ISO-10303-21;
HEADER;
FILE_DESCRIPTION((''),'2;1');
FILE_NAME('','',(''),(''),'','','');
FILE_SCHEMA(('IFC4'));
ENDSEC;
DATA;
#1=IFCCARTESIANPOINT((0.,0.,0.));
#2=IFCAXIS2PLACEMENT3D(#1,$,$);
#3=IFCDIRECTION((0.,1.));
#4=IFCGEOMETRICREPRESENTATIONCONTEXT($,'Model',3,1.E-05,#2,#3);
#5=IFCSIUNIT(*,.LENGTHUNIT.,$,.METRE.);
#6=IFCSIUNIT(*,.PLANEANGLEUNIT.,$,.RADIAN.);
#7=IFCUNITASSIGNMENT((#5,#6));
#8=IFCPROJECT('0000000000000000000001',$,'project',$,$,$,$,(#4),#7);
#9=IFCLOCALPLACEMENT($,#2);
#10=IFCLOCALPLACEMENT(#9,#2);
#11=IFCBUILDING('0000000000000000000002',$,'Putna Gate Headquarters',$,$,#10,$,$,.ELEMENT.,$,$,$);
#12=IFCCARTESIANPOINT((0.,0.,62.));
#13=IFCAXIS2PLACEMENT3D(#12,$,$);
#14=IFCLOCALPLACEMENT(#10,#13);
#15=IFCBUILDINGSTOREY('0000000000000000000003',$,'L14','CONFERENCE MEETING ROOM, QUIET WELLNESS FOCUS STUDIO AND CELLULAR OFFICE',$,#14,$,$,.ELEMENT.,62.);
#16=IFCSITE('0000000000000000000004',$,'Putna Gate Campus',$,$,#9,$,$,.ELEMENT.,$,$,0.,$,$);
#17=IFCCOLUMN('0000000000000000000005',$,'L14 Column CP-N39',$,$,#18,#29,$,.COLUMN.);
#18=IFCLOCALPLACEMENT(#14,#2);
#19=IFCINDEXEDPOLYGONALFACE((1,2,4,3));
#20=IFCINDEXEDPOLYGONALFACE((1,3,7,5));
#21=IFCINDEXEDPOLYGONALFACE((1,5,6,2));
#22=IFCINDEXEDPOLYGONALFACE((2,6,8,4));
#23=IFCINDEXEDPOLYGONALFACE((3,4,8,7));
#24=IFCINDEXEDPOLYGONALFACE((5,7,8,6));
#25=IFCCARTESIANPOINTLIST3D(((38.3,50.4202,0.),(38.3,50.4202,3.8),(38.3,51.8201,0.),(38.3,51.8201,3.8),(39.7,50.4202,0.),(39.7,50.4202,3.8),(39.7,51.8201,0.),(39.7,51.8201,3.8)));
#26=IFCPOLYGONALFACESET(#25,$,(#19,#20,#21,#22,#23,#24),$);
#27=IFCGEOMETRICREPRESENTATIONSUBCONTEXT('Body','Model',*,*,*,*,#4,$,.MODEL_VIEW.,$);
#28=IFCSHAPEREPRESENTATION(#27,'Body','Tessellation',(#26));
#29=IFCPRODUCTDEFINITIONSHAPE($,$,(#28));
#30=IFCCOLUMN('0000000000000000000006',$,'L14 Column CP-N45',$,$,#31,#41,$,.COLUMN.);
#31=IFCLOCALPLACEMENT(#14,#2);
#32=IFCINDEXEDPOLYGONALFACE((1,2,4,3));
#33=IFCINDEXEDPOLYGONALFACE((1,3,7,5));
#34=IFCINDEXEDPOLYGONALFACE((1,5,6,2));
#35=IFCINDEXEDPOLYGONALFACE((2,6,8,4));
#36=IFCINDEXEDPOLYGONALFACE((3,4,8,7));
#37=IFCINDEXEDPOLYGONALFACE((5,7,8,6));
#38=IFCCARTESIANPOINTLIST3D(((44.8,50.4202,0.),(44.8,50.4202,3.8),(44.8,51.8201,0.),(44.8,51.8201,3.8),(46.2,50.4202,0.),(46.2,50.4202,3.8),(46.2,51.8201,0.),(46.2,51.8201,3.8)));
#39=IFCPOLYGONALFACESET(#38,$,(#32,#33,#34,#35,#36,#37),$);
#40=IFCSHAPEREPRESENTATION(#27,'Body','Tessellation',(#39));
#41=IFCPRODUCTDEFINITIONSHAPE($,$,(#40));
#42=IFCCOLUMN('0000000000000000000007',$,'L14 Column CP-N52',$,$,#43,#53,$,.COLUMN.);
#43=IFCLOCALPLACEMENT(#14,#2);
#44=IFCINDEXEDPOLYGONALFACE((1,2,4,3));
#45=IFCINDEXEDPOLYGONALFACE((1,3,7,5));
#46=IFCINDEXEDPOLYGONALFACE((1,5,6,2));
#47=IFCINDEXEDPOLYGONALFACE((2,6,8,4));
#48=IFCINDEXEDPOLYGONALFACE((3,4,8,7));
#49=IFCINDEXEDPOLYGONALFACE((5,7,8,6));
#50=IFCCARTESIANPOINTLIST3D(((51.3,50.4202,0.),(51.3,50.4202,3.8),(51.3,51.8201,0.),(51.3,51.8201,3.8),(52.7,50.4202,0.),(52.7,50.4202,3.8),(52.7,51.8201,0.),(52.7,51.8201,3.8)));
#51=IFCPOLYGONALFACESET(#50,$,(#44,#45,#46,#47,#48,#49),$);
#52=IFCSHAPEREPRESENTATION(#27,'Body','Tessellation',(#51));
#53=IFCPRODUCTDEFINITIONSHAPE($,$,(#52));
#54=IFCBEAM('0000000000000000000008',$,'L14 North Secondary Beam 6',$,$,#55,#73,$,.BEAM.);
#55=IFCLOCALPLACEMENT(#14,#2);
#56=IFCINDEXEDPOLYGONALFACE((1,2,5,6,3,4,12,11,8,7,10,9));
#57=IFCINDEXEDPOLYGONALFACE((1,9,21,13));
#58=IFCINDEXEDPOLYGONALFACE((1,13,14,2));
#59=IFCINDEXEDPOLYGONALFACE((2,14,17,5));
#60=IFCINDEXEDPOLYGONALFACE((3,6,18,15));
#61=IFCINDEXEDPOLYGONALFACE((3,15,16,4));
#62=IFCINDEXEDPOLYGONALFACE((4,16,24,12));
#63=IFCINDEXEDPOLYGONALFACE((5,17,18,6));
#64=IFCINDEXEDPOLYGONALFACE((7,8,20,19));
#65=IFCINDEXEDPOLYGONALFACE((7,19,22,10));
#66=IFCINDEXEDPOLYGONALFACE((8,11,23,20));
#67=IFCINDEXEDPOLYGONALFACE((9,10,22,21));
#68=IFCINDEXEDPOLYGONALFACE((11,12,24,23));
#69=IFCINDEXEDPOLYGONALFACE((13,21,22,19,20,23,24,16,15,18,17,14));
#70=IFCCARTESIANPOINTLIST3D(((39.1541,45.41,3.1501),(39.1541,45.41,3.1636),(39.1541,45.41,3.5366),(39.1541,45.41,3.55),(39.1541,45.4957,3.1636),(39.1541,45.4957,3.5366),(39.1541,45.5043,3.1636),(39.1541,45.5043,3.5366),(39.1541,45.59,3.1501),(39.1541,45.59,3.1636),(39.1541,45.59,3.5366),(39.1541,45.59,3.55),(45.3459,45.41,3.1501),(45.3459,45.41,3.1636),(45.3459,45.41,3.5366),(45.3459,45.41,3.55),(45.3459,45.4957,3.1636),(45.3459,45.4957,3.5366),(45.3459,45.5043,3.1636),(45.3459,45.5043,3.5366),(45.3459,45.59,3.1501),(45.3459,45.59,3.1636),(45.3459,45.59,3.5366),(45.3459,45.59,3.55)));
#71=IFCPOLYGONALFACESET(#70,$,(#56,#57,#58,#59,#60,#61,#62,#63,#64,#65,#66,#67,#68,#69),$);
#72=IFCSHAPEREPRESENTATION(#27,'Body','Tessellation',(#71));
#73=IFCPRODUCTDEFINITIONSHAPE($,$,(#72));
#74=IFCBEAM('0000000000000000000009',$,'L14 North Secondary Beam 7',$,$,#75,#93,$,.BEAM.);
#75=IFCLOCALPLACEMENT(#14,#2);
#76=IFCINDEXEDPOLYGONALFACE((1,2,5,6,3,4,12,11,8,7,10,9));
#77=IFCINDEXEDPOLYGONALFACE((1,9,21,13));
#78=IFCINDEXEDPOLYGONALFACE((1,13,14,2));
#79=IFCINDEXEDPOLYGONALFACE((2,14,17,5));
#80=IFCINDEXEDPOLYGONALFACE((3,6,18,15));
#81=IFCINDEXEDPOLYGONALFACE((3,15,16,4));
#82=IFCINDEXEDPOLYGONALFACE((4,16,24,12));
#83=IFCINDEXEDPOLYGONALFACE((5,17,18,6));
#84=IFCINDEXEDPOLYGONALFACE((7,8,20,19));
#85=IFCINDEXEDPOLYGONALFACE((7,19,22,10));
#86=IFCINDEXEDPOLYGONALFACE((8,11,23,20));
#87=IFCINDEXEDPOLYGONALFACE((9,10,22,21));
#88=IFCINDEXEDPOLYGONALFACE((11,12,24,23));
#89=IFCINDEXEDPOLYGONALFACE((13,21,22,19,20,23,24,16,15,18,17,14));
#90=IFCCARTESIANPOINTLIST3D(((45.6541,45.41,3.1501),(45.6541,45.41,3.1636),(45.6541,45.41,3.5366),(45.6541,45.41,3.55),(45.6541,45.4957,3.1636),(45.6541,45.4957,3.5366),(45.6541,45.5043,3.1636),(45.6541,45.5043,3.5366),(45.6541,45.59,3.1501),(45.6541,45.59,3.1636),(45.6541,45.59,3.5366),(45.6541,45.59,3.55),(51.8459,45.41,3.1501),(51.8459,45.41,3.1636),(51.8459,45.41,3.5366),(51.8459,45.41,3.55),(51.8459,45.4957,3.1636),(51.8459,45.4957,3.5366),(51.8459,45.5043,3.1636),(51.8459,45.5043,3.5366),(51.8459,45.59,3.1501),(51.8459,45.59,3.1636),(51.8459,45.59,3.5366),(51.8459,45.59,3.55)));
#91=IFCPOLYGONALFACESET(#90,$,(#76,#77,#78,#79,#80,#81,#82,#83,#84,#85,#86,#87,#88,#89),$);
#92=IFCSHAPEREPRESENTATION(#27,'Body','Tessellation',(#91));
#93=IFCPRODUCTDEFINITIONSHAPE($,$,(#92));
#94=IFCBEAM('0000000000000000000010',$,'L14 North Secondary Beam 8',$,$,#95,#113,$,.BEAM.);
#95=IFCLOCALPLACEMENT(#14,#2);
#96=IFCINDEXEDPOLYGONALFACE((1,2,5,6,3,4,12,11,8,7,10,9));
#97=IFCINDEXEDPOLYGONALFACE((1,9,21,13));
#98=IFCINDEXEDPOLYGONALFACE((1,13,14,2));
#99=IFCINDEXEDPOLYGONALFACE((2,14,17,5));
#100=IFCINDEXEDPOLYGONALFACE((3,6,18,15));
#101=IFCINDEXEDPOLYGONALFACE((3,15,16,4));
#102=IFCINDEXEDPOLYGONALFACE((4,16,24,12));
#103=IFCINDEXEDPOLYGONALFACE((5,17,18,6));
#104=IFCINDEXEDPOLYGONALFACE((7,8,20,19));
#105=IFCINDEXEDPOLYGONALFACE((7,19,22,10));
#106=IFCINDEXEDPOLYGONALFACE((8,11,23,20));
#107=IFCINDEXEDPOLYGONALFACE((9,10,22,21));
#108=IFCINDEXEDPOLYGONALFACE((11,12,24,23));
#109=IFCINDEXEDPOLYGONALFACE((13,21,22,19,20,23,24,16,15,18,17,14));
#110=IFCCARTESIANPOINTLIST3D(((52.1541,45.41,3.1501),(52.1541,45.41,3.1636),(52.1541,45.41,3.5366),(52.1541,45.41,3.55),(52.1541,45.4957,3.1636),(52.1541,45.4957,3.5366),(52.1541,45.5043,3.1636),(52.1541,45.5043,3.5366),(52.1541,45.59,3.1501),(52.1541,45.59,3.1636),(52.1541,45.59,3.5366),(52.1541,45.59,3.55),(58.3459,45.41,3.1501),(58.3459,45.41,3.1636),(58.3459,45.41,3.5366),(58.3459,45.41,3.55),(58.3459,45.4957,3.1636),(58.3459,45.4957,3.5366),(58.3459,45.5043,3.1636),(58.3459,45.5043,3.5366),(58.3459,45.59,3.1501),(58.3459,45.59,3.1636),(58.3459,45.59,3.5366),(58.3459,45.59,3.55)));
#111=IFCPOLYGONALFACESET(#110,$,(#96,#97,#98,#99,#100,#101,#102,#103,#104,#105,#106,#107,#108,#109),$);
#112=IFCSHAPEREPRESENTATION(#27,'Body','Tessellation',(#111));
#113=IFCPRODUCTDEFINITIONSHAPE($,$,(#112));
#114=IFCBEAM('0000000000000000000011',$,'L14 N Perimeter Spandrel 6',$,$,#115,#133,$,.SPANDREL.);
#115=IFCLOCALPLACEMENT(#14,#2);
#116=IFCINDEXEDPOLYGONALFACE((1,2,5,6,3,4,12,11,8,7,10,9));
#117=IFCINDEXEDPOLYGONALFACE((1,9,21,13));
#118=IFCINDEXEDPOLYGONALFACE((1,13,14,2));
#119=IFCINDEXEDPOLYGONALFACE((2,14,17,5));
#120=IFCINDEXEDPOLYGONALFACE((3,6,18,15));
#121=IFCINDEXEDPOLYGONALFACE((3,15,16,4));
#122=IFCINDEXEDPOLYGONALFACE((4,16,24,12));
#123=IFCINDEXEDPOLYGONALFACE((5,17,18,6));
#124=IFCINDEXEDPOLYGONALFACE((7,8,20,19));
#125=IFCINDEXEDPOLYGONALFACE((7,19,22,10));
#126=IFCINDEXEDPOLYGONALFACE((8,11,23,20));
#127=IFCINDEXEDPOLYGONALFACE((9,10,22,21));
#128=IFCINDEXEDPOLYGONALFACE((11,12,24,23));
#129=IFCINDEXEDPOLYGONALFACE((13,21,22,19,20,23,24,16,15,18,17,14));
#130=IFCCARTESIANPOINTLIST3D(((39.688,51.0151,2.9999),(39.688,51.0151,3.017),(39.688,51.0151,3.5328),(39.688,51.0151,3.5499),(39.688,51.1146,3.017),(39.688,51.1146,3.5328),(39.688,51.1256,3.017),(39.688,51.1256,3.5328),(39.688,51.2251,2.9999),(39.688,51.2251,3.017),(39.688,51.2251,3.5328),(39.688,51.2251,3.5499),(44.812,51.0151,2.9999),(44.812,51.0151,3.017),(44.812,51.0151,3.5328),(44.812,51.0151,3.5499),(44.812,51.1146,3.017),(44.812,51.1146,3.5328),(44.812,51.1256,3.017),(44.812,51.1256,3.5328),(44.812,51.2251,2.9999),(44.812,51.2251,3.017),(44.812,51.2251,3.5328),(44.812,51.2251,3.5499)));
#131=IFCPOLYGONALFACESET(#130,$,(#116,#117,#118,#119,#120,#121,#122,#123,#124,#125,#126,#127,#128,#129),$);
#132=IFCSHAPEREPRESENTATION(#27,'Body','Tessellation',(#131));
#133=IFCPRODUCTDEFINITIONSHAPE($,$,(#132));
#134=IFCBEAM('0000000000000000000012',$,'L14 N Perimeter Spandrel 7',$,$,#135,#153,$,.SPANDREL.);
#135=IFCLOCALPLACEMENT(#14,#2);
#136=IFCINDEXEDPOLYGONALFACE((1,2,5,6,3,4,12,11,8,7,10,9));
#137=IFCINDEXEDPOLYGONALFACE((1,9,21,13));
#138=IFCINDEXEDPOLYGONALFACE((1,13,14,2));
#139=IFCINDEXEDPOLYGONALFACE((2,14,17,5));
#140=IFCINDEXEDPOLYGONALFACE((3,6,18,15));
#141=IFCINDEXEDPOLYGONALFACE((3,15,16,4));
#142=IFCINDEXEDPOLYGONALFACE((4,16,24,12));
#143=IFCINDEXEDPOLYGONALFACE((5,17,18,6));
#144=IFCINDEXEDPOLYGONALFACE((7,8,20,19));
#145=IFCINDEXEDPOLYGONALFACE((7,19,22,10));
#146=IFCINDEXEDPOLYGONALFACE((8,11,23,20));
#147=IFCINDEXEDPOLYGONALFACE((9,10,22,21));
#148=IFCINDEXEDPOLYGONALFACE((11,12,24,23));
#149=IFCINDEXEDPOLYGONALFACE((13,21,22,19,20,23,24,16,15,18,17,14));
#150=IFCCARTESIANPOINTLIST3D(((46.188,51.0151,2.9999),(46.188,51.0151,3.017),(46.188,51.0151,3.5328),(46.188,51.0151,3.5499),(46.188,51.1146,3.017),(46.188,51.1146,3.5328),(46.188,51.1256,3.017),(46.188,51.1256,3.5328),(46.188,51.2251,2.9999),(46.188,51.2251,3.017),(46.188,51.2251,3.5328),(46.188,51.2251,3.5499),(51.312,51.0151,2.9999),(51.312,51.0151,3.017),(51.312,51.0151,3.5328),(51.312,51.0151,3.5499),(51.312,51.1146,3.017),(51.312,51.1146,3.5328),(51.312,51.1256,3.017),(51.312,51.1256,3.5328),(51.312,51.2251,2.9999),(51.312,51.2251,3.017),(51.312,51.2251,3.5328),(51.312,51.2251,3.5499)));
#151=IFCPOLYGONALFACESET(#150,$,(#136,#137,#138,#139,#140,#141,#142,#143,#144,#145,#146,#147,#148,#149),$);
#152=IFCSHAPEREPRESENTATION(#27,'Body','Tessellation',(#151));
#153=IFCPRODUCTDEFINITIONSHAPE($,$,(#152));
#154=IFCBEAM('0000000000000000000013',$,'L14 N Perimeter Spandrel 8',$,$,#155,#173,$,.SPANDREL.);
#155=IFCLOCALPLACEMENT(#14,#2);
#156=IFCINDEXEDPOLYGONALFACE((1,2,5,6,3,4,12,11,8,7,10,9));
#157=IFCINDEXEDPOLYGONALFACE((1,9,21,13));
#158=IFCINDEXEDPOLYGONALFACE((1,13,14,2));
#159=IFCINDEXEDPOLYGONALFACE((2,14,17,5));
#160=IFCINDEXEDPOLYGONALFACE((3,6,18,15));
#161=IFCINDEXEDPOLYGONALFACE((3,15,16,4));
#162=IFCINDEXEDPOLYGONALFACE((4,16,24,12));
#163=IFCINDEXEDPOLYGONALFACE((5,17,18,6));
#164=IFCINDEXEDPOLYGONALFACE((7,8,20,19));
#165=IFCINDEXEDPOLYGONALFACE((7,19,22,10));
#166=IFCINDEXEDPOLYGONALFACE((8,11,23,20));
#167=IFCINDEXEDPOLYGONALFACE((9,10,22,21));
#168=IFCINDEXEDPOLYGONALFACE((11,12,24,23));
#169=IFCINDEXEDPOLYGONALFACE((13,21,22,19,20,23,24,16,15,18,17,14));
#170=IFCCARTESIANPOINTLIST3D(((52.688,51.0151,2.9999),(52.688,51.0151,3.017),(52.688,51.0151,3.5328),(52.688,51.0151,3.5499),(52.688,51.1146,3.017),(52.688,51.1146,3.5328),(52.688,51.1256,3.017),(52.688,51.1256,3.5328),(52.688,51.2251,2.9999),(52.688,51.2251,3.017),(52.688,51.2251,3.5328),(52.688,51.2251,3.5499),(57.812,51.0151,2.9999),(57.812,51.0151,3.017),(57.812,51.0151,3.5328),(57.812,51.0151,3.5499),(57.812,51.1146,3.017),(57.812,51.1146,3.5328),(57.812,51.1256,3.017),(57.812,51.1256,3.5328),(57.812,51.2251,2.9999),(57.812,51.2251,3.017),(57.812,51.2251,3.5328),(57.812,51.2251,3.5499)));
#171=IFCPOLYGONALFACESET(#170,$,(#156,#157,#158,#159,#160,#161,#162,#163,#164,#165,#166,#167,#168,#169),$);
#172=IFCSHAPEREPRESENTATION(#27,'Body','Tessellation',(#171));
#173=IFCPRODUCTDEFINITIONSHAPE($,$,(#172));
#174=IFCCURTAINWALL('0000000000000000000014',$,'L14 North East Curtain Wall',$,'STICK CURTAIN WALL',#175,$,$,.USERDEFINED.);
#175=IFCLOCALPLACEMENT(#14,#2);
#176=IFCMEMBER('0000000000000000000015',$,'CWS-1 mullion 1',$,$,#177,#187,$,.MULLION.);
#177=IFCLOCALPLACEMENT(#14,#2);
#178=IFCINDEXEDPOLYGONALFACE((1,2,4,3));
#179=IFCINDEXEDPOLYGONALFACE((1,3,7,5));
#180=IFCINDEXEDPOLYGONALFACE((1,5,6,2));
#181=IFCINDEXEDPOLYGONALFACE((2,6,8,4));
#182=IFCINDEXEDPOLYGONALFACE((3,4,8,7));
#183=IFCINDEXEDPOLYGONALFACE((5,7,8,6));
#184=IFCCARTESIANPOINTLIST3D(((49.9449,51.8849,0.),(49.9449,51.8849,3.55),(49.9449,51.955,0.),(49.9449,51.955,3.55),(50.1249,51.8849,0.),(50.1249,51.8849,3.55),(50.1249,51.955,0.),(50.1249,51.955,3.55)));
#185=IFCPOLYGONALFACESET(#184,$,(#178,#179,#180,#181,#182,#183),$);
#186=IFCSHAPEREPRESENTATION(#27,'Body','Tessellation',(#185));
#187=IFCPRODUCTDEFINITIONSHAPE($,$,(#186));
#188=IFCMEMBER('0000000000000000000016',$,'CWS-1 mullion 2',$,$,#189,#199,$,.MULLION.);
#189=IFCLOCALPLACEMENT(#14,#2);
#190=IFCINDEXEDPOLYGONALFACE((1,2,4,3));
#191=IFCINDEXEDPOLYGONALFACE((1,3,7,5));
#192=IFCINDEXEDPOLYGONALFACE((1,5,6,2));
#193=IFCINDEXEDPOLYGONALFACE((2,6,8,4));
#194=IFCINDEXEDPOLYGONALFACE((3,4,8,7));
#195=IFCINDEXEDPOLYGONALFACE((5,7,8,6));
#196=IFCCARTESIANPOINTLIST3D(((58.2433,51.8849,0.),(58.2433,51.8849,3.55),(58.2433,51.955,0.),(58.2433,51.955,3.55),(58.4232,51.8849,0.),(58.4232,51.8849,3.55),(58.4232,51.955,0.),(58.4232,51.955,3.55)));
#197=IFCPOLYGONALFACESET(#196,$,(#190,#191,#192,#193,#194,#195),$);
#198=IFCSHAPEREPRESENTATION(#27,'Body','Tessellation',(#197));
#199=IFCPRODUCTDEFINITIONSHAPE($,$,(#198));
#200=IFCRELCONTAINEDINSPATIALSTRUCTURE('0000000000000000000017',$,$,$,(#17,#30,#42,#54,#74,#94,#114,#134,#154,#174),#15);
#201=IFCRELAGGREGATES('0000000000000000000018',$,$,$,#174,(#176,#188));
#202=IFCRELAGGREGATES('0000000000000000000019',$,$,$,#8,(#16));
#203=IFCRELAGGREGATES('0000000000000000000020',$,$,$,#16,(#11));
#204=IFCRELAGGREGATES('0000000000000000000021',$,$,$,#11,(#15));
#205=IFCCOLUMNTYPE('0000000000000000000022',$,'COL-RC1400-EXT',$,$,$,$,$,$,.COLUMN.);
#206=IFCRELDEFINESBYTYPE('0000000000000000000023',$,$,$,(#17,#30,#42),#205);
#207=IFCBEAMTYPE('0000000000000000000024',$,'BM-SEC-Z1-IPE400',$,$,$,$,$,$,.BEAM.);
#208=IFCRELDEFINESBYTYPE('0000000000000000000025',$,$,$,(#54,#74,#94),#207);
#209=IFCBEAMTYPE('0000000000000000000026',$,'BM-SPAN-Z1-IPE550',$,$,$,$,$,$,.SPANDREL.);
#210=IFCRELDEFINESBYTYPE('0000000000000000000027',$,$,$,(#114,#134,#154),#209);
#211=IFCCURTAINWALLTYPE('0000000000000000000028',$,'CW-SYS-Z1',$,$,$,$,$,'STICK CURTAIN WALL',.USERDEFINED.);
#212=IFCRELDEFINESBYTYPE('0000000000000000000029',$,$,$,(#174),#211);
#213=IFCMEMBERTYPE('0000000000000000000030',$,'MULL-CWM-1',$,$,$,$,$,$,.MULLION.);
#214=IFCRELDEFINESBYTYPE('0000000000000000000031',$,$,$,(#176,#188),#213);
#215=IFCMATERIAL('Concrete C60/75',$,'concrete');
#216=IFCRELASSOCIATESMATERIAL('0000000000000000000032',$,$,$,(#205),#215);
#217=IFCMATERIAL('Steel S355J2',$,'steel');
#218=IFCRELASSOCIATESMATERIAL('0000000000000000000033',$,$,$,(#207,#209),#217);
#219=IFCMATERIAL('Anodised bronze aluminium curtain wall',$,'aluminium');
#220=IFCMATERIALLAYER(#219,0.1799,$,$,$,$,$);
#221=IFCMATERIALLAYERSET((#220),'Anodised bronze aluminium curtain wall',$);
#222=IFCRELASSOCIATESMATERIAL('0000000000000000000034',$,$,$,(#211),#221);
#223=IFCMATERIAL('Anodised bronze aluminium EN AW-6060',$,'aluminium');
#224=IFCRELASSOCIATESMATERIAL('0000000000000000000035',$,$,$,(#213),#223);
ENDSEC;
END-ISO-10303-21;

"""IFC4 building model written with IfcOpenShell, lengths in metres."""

from ifc_helpers import new_model, si_unit, direction, frame, origin, origin_2d, place, context, subcontext, project, spatial, rectangle, i_section, extrude, material, layer, layer_set, material_profile, profile_set, type_object, element, aggregate, save


model = new_model("IFC4")

# Units and contexts
model_context = context("Model", 3, precision=1e-05, world=origin(), true_north=direction((0.0, 1.0)))
body_context = subcontext(model_context, "Body", "Model", "MODEL_VIEW")
ifc_project = project(units=[si_unit("LENGTHUNIT", "METRE"), si_unit("PLANEANGLEUNIT", "RADIAN")], contexts=[model_context])

# Site, building, storey
site_placement = place(None, origin())
site = spatial("IfcSite", under=ifc_project, at=site_placement, Name="Putna Gate Campus", CompositionType="ELEMENT", RefElevation=0.0)
building_placement = place(site_placement, origin())
building = spatial("IfcBuilding", under=site, at=building_placement, Name="Putna Gate Headquarters", CompositionType="ELEMENT")
storey_placement = place(building_placement, frame((0.0, 0.0, 62.0)))
storey = spatial("IfcBuildingStorey", under=building, at=storey_placement, Name="L14", Description="CONFERENCE MEETING ROOM, QUIET WELLNESS FOCUS STUDIO AND CELLULAR OFFICE", CompositionType="ELEMENT", Elevation=62.0)

# Columns
ifc_material_1 = material(Name="Concrete C60/75", Category="concrete")
ifc_material_profile_1 = material_profile(ifc_material_1, rectangle(XDim=1.3999, YDim=1.3999, at=origin_2d()), Name="Concrete C60/75")
ifc_profile_set_1 = profile_set([ifc_material_profile_1], Name="Concrete C60/75")
column_type = type_object("IfcColumnType", Name="COL-RC1400-EXT", PredefinedType="COLUMN", material=ifc_profile_set_1)
for number, where, z_axis, x_axis, name in (
    (1, (39.0, 51.1201, 0.0), (0.0, 0.0, 1.0), (1.0, 0.0, 0.0), "L14 Column CP-N39"),
    (2, (45.5, 51.1201, 0.0), (0.0, 0.0, 1.0), (1.0, 0.0, 0.0), "L14 Column CP-N45"),
    (3, (52.0, 51.1201, 0.0), (0.0, 0.0, 1.0), (1.0, 0.0, 0.0), "L14 Column CP-N52"),
):
    element("IfcColumn", number, at=place(storey_placement, frame(where, z_axis=z_axis, x_axis=x_axis)), inside=storey, type_object=column_type, Name=name, PredefinedType="COLUMN", context=body_context, shape_type="SweptSolid", body=[
        extrude(rectangle(XDim=1.3999, YDim=1.3999, at=origin_2d()), origin(), (0.0, 0.0, 1.0), 3.8),
    ])

# Beams
ifc_material_2 = material(Name="Steel S355J2", Category="steel")
ifc_material_profile_2 = material_profile(ifc_material_2, i_section(OverallWidth=0.1799, OverallDepth=0.3999, WebThickness=0.0085, FlangeThickness=0.0134, at=origin_2d()), Name="Steel S355J2")
ifc_profile_set_2 = profile_set([ifc_material_profile_2], Name="Steel S355J2")
beam_type_1 = type_object("IfcBeamType", Name="BM-SEC-Z1-IPE400", PredefinedType="BEAM", material=ifc_profile_set_2)
for number, where, z_axis, x_axis, name in (
    (4, (39.1541, 45.5, 3.3501), (1.0, 0.0, 0.0), (0.0, 1.0, 0.0), "L14 North Secondary Beam 6"),
    (5, (45.6541, 45.5, 3.3501), (1.0, 0.0, 0.0), (0.0, 1.0, 0.0), "L14 North Secondary Beam 7"),
    (6, (52.1541, 45.5, 3.3501), (1.0, 0.0, 0.0), (0.0, 1.0, 0.0), "L14 North Secondary Beam 8"),
):
    element("IfcBeam", number, at=place(storey_placement, frame(where, z_axis=z_axis, x_axis=x_axis)), inside=storey, type_object=beam_type_1, Name=name, PredefinedType="BEAM", context=body_context, shape_type="SweptSolid", body=[
        extrude(i_section(OverallWidth=0.1799, OverallDepth=0.3999, WebThickness=0.0085, FlangeThickness=0.0134, at=origin_2d()), origin(), (0.0, 0.0, 1.0), 6.1919),
    ])
ifc_material_profile_3 = material_profile(ifc_material_2, i_section(OverallWidth=0.21, OverallDepth=0.55, WebThickness=0.011, FlangeThickness=0.0171, at=origin_2d()), Name="Steel S355J2")
ifc_profile_set_3 = profile_set([ifc_material_profile_3], Name="Steel S355J2")
beam_type_2 = type_object("IfcBeamType", Name="BM-SPAN-Z1-IPE550", PredefinedType="SPANDREL", material=ifc_profile_set_3)
for number, where, z_axis, x_axis, name in (
    (7, (39.688, 51.1201, 3.2749), (1.0, 0.0, 0.0), (0.0, 1.0, 0.0), "L14 N Perimeter Spandrel 6"),
    (8, (46.188, 51.1201, 3.2749), (1.0, 0.0, 0.0), (0.0, 1.0, 0.0), "L14 N Perimeter Spandrel 7"),
    (9, (52.688, 51.1201, 3.2749), (1.0, 0.0, 0.0), (0.0, 1.0, 0.0), "L14 N Perimeter Spandrel 8"),
):
    element("IfcBeam", number, at=place(storey_placement, frame(where, z_axis=z_axis, x_axis=x_axis)), inside=storey, type_object=beam_type_2, Name=name, PredefinedType="SPANDREL", context=body_context, shape_type="SweptSolid", body=[
        extrude(i_section(OverallWidth=0.21, OverallDepth=0.55, WebThickness=0.011, FlangeThickness=0.0171, at=origin_2d()), origin(), (0.0, 0.0, 1.0), 5.124),
    ])

# Curtain wall, members
ifc_material_3 = material(Name="Anodised bronze aluminium curtain wall", Category="aluminium")
ifc_layer_1 = layer(ifc_material_3, 0.1799)
ifc_layer_set_1 = layer_set([ifc_layer_1], Name="Anodised bronze aluminium curtain wall")
curtain_wall_type_1 = type_object("IfcCurtainWallType", Name="CW-SYS-Z1", ElementType="STICK CURTAIN WALL", PredefinedType="USERDEFINED", material=ifc_layer_set_1)
curtain_wall_1_placement = place(storey_placement, origin())
curtain_wall_1 = element("IfcCurtainWall", 10, at=curtain_wall_1_placement, inside=storey, type_object=curtain_wall_type_1, Name="L14 North East Curtain Wall", ObjectType="STICK CURTAIN WALL", PredefinedType="USERDEFINED")
ifc_material_4 = material(Name="Anodised bronze aluminium EN AW-6060", Category="aluminium")
ifc_material_profile_4 = material_profile(ifc_material_4, rectangle(XDim=0.0701, YDim=0.1799, at=origin_2d()), Name="Anodised bronze aluminium EN AW-6060")
ifc_profile_set_4 = profile_set([ifc_material_profile_4], Name="Anodised bronze aluminium EN AW-6060")
member_type_1 = type_object("IfcMemberType", Name="MULL-CWM-1", PredefinedType="MULLION", material=ifc_profile_set_4)
member_1_placement = place(storey_placement, frame((50.0349, 51.9199, 0.0), z_axis=(0.0, 0.0, 1.0), x_axis=(0.0, 1.0, 0.0)))
member_1 = element("IfcMember", 11, at=member_1_placement, type_object=member_type_1, Name="CWS-1 mullion 1", PredefinedType="MULLION", context=body_context, shape_type="SweptSolid", body=[
    extrude(rectangle(XDim=0.0701, YDim=0.1799, at=origin_2d()), origin(), (0.0, 0.0, 1.0), 3.55),
])
member_2_placement = place(storey_placement, frame((58.3333, 51.9199, 0.0), z_axis=(0.0, 0.0, 1.0), x_axis=(0.0, 1.0, 0.0)))
member_2 = element("IfcMember", 12, at=member_2_placement, type_object=member_type_1, Name="CWS-1 mullion 2", PredefinedType="MULLION", context=body_context, shape_type="SweptSolid", body=[
    extrude(rectangle(XDim=0.0701, YDim=0.1799, at=origin_2d()), origin(), (0.0, 0.0, 1.0), 3.55),
])

aggregate(curtain_wall_1, [member_1, member_2])

save(model, "model.ifc")
